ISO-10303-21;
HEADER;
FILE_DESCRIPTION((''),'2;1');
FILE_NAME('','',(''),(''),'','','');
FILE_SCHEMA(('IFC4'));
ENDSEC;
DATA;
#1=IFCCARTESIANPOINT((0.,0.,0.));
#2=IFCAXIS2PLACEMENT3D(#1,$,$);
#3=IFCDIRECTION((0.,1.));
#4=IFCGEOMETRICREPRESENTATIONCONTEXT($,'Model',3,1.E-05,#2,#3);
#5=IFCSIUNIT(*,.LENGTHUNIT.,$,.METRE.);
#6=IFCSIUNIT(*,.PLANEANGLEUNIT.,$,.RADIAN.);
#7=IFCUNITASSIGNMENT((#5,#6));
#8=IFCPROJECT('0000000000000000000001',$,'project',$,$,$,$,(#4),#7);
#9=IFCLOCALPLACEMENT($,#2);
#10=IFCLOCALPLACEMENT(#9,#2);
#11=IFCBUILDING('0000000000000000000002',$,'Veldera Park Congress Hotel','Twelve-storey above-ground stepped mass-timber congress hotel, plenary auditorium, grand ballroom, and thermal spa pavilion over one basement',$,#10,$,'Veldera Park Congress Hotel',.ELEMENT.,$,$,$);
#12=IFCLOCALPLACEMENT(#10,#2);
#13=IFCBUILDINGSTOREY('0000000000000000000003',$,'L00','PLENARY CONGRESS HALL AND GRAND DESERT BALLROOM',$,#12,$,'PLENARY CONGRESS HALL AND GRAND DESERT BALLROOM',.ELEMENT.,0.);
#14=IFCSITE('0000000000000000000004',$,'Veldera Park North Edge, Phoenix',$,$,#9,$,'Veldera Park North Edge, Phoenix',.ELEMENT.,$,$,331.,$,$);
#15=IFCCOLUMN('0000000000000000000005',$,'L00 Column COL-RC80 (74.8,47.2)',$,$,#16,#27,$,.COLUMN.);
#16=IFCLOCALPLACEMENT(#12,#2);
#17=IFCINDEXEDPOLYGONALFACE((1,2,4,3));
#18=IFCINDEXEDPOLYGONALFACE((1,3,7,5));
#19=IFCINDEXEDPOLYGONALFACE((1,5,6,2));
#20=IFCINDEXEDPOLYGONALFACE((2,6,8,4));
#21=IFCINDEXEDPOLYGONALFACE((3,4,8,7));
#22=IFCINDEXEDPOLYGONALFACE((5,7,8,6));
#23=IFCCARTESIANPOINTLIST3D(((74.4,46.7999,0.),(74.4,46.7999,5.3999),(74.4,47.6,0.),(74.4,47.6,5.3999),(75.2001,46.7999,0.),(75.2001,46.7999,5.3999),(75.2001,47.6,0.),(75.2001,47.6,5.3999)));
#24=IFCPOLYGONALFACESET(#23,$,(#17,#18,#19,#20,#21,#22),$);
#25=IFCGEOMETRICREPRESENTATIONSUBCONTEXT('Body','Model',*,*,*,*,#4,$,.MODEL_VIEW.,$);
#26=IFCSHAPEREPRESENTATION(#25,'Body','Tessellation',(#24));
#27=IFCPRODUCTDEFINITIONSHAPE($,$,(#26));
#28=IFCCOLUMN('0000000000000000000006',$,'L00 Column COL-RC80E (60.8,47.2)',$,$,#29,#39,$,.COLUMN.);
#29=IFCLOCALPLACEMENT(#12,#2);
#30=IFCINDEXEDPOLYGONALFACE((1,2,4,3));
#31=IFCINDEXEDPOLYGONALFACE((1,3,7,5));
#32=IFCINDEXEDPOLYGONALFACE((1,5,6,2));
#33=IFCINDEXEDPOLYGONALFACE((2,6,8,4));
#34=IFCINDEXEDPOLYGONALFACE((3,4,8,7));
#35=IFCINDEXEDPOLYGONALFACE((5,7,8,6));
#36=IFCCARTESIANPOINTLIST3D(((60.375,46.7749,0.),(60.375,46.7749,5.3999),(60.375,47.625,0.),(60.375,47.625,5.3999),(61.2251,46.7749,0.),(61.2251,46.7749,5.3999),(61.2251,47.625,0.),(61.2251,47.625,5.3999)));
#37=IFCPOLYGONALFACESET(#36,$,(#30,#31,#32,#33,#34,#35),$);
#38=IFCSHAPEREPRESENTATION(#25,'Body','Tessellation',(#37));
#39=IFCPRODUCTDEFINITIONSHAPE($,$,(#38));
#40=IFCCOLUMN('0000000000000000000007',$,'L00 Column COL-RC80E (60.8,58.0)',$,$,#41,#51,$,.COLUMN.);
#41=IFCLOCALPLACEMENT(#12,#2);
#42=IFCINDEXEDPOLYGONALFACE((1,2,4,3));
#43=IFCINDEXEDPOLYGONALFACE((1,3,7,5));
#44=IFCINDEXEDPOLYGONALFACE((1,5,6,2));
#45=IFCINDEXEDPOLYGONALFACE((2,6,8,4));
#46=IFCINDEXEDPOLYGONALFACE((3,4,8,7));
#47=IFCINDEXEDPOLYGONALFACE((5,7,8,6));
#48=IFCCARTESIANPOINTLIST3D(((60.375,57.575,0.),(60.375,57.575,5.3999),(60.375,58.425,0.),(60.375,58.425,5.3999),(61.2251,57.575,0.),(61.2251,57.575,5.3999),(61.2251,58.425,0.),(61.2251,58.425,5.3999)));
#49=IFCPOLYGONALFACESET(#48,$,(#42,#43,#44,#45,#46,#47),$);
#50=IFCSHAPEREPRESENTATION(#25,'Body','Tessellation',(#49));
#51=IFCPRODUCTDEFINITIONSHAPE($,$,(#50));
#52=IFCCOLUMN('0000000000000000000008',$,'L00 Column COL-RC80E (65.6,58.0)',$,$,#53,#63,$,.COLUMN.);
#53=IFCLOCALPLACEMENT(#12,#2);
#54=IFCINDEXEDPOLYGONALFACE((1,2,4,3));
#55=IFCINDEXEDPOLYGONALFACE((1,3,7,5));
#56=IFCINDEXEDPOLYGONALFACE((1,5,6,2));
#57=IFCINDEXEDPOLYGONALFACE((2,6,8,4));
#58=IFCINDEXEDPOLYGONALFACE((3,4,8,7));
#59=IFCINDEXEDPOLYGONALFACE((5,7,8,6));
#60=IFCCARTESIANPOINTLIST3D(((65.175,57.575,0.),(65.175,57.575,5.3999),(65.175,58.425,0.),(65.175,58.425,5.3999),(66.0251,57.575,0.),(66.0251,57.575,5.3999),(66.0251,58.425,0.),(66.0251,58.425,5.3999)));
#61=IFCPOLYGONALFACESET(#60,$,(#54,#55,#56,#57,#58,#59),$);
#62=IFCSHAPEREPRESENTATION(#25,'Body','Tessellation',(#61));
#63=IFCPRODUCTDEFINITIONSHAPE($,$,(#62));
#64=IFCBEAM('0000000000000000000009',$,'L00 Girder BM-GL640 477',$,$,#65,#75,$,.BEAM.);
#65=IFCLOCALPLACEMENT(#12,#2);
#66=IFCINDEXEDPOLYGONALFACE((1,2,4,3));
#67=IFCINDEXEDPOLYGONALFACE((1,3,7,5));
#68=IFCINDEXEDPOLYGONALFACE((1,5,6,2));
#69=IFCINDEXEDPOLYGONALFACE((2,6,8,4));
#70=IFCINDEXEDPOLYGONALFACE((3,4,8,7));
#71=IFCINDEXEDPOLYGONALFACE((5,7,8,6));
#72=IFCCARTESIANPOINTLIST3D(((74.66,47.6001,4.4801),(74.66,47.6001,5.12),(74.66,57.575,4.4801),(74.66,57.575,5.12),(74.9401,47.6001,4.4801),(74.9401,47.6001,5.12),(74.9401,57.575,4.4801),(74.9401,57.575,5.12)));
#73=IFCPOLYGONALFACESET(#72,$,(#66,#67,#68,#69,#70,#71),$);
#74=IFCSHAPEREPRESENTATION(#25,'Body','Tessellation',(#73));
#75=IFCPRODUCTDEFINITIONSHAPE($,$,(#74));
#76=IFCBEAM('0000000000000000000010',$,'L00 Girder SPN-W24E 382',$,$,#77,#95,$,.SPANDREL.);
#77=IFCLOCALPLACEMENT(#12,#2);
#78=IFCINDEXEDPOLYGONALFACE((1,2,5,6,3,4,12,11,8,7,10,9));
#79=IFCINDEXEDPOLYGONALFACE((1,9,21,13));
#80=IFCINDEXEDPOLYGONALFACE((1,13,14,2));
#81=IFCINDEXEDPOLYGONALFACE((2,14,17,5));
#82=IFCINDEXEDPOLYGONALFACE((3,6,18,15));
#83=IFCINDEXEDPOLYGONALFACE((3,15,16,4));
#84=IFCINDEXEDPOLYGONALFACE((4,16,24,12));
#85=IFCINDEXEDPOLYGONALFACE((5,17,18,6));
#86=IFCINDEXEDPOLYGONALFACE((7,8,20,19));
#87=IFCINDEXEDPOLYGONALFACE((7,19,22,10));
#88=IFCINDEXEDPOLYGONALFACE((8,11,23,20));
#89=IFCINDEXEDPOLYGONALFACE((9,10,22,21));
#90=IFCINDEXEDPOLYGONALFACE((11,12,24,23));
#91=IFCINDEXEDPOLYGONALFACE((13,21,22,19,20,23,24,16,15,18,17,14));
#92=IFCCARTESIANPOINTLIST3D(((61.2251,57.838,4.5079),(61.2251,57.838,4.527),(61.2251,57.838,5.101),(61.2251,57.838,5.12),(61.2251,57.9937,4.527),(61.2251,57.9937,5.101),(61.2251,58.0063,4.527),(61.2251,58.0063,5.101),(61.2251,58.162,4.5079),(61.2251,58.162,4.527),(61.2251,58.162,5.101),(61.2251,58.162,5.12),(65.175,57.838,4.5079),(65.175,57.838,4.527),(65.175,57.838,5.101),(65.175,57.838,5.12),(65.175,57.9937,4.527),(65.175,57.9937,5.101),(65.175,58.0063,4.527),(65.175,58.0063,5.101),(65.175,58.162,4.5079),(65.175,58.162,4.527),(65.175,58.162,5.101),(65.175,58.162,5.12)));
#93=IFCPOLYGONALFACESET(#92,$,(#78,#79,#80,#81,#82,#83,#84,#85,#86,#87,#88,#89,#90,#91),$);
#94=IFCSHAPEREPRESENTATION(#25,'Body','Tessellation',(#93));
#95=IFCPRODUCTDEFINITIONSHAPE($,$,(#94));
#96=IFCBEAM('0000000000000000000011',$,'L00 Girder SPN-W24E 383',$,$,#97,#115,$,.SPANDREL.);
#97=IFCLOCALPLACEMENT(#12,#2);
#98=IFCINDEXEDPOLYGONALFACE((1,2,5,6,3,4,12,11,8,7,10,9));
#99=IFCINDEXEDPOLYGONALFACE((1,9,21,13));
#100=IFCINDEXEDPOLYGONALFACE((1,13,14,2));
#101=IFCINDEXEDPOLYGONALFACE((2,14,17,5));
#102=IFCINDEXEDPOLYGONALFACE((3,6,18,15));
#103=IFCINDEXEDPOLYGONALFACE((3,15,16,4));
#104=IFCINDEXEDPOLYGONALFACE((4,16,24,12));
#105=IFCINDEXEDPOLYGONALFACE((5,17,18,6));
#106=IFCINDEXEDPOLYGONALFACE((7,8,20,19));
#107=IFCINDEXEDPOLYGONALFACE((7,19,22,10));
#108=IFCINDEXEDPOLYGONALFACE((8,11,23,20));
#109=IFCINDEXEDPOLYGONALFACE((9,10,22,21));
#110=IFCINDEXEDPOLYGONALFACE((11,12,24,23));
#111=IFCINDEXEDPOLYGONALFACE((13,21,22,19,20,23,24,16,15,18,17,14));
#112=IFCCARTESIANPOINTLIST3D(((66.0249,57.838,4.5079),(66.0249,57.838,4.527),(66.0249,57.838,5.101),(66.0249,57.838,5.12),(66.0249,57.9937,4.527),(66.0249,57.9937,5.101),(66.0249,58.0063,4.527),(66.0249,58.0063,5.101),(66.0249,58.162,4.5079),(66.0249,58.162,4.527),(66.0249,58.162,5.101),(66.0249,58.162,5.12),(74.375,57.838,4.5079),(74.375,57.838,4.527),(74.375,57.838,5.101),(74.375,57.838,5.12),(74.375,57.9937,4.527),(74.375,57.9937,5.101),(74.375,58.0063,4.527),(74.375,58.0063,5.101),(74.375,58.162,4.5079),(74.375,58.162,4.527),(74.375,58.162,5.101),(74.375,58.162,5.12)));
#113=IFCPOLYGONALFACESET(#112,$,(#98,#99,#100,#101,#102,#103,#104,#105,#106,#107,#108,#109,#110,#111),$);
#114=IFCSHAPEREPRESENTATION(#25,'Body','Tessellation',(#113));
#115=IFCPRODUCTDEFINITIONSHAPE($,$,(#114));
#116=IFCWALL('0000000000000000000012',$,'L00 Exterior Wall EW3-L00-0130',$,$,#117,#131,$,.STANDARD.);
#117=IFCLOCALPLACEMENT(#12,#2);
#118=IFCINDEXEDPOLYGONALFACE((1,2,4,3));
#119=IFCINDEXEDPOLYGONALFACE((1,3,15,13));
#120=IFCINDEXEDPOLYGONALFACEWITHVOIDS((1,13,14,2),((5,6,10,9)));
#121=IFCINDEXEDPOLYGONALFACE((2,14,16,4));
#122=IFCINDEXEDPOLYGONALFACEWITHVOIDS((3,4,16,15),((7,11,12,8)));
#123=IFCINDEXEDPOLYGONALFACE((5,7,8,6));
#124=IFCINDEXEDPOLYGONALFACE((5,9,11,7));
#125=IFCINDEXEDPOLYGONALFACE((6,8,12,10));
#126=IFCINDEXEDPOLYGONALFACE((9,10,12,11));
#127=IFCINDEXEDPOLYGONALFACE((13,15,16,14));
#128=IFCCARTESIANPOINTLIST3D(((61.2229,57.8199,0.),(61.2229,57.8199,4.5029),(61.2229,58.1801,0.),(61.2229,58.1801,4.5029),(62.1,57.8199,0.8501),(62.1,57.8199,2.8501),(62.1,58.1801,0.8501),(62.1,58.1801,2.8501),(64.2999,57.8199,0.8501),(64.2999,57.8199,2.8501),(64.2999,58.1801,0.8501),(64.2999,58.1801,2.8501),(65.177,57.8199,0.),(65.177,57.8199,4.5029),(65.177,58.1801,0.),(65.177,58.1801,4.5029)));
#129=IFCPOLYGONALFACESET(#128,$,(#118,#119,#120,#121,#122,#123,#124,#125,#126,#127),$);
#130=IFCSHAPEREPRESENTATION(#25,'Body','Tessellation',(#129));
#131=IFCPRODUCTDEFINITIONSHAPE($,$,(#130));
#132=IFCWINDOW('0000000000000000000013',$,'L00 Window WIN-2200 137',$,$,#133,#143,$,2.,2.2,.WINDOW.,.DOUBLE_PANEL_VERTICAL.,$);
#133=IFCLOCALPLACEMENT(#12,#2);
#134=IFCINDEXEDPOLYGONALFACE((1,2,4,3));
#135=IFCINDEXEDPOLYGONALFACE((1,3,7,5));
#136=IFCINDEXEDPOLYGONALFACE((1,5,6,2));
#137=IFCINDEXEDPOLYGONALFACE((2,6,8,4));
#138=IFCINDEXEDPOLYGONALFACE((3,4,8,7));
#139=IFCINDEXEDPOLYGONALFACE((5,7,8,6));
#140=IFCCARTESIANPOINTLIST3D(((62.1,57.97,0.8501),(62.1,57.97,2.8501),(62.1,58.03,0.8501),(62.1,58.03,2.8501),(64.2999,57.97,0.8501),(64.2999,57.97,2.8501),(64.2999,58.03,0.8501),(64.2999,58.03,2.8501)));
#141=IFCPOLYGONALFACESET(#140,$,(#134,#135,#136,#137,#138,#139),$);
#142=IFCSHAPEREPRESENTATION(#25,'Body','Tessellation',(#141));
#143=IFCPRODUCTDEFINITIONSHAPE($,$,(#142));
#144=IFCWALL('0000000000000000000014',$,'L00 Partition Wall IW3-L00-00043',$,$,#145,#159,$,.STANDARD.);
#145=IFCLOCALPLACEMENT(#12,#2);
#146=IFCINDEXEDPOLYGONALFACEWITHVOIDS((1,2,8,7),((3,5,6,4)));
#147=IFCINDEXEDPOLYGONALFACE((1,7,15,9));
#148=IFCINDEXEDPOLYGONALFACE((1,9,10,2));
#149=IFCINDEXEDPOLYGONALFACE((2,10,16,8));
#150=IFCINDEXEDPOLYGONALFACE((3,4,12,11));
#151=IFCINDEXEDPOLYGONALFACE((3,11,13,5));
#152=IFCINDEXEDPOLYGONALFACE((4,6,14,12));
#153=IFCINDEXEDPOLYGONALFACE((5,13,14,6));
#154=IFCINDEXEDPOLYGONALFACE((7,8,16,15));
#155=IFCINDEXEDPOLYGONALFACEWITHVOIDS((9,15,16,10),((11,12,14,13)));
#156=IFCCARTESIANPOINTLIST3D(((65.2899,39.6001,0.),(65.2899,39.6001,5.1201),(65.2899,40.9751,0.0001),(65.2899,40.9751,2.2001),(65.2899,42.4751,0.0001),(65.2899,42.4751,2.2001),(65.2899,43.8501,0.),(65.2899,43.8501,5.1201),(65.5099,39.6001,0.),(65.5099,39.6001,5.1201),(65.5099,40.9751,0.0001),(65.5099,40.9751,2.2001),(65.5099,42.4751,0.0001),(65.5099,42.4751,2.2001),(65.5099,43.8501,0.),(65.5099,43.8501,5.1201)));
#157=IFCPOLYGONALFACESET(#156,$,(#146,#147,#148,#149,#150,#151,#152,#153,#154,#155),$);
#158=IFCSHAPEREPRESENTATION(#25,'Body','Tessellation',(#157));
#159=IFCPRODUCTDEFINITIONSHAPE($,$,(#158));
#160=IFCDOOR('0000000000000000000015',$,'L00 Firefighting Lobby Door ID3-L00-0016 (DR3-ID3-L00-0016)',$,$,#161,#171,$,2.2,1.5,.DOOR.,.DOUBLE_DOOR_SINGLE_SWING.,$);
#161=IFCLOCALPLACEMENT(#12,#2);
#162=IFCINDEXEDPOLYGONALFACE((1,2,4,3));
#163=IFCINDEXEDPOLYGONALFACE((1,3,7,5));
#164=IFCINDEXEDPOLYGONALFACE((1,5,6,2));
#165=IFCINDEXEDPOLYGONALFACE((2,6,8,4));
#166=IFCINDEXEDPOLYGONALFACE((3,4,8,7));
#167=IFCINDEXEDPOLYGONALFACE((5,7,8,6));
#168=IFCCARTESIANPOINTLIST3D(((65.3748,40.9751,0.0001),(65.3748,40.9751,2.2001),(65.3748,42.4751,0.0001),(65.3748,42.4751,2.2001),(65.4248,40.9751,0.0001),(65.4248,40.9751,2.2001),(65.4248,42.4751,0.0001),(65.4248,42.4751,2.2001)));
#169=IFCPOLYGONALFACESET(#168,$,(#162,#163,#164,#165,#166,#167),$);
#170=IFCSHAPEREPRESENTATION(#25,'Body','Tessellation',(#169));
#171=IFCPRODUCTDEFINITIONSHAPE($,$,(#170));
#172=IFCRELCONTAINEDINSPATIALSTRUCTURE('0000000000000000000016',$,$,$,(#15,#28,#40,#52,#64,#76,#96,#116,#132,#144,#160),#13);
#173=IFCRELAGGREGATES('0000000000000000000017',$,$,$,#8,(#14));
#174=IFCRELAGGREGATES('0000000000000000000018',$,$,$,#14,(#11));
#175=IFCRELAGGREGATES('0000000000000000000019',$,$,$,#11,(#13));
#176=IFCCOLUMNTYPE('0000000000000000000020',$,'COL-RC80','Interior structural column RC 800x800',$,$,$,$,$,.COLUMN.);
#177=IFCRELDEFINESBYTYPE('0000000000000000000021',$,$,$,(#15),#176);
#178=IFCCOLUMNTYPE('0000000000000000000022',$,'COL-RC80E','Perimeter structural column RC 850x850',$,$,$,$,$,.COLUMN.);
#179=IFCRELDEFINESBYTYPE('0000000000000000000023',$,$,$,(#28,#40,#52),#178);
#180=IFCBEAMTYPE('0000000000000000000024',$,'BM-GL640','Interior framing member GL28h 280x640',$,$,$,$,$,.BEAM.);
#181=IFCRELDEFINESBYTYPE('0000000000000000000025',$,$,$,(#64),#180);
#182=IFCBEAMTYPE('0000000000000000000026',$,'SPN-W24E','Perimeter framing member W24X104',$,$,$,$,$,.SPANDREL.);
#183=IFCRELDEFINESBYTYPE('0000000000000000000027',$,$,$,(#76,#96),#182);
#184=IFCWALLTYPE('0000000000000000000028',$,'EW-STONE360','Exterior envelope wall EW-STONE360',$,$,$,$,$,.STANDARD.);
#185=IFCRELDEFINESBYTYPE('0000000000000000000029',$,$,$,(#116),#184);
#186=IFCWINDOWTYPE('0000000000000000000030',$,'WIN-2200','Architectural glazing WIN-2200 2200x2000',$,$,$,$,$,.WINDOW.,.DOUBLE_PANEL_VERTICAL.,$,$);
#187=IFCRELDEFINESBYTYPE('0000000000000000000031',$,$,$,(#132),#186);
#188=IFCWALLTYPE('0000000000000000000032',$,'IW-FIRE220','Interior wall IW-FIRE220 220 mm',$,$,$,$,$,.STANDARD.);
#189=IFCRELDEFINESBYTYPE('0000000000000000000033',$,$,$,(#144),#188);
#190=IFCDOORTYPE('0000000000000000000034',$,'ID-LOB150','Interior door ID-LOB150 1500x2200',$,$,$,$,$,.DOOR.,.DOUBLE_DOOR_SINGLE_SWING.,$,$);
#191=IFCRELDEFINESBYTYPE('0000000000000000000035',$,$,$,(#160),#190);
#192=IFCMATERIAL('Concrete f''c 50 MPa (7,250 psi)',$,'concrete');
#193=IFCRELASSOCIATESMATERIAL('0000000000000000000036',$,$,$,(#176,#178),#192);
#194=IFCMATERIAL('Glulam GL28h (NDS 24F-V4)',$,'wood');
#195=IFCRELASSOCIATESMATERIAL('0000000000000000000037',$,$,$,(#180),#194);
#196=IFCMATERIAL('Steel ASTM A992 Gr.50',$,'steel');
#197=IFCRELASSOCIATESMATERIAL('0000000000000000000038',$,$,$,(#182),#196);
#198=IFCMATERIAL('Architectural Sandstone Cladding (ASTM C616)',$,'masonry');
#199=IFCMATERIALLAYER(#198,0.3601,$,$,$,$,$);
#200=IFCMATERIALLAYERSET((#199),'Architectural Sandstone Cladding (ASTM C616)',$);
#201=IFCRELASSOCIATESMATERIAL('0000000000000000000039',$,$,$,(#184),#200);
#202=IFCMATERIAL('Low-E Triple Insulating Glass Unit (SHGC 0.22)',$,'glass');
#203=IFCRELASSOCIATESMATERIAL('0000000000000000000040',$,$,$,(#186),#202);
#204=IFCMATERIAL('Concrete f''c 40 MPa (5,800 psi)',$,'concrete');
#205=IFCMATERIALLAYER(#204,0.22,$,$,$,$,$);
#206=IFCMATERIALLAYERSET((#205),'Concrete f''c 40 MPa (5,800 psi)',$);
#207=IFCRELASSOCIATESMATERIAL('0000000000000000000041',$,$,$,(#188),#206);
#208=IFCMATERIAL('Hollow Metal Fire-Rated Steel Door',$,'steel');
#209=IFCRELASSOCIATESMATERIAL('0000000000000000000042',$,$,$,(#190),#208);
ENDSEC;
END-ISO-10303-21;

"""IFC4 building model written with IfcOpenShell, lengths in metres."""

from ifc_helpers import new_model, si_unit, direction, frame, frame_2d, origin, origin_2d, place, context, subcontext, project, spatial, rectangle, i_section, extrude, material, layer, layer_set, material_profile, profile_set, type_object, element, fill, save


model = new_model("IFC4")

# Units and contexts
model_context = context("Model", 3, precision=1e-05, world=origin(), true_north=direction((0.0, 1.0)))
body_context = subcontext(model_context, "Body", "Model", "MODEL_VIEW")
ifc_project = project(units=[si_unit("LENGTHUNIT", "METRE"), si_unit("PLANEANGLEUNIT", "RADIAN")], contexts=[model_context])

# Site, building, storey
site_placement = place(None, origin())
site = spatial("IfcSite", under=ifc_project, at=site_placement, Name="Veldera Park North Edge, Phoenix", LongName="Veldera Park North Edge, Phoenix", CompositionType="ELEMENT", RefElevation=331.0)
building_placement = place(site_placement, origin())
building = spatial("IfcBuilding", under=site, at=building_placement, Name="Veldera Park Congress Hotel", Description="Twelve-storey above-ground stepped mass-timber congress hotel, plenary auditorium, grand ballroom, and thermal spa pavilion over one basement", LongName="Veldera Park Congress Hotel", CompositionType="ELEMENT")
storey_placement = place(building_placement, origin())
storey = spatial("IfcBuildingStorey", under=building, at=storey_placement, Name="L00", Description="PLENARY CONGRESS HALL AND GRAND DESERT BALLROOM", LongName="PLENARY CONGRESS HALL AND GRAND DESERT BALLROOM", CompositionType="ELEMENT", Elevation=0.0)

# Columns
ifc_material_1 = material(Name="Concrete f'c 50 MPa (7,250 psi)", Category="concrete")
ifc_material_profile_1 = material_profile(ifc_material_1, rectangle(XDim=0.8, YDim=0.8, at=origin_2d()), Name="RC 800x800")
ifc_profile_set_1 = profile_set([ifc_material_profile_1], Name="Concrete f'c 50 MPa (7,250 psi)")
column_type_1 = type_object("IfcColumnType", Name="COL-RC80", Description="Interior structural column RC 800x800", PredefinedType="COLUMN", material=ifc_profile_set_1)
column_placement = place(storey_placement, frame((74.8, 47.2, 0.0), z_axis=(0.0, 0.0, 1.0), x_axis=(1.0, 0.0, 0.0)))
element("IfcColumn", 1, at=column_placement, inside=storey, type_object=column_type_1, Name="L00 Column COL-RC80 (74.8,47.2)", PredefinedType="COLUMN", context=body_context, shape_type="SweptSolid", body=[
    extrude(rectangle(XDim=0.8, YDim=0.8, at=origin_2d()), origin(), (0.0, 0.0, 1.0), 5.3999),
])
ifc_material_profile_2 = material_profile(ifc_material_1, rectangle(XDim=0.8501, YDim=0.8501, at=origin_2d()), Name="RC 850x850")
ifc_profile_set_2 = profile_set([ifc_material_profile_2], Name="Concrete f'c 50 MPa (7,250 psi)")
column_type_2 = type_object("IfcColumnType", Name="COL-RC80E", Description="Perimeter structural column RC 850x850", PredefinedType="COLUMN", material=ifc_profile_set_2)
for number, where, z_axis, x_axis, name in (
    (2, (60.8, 47.2, 0.0), (0.0, 0.0, 1.0), (1.0, 0.0, 0.0), "L00 Column COL-RC80E (60.8,47.2)"),
    (3, (60.8, 58.0, 0.0), (0.0, 0.0, 1.0), (1.0, 0.0, 0.0), "L00 Column COL-RC80E (60.8,58.0)"),
    (4, (65.6001, 58.0, 0.0), (0.0, 0.0, 1.0), (1.0, 0.0, 0.0), "L00 Column COL-RC80E (65.6,58.0)"),
):
    element("IfcColumn", number, at=place(storey_placement, frame(where, z_axis=z_axis, x_axis=x_axis)), inside=storey, type_object=column_type_2, Name=name, PredefinedType="COLUMN", context=body_context, shape_type="SweptSolid", body=[
        extrude(rectangle(XDim=0.8501, YDim=0.8501, at=origin_2d()), origin(), (0.0, 0.0, 1.0), 5.3999),
    ])

# Beams
ifc_material_2 = material(Name="Glulam GL28h (NDS 24F-V4)", Category="wood")
ifc_material_profile_3 = material_profile(ifc_material_2, rectangle(XDim=0.28, YDim=0.6399, at=origin_2d()), Name="GL28h 280x640")
ifc_profile_set_3 = profile_set([ifc_material_profile_3], Name="Glulam GL28h (NDS 24F-V4)")
beam_type_1 = type_object("IfcBeamType", Name="BM-GL640", Description="Interior framing member GL28h 280x640", PredefinedType="BEAM", material=ifc_profile_set_3)
beam_1_placement = place(storey_placement, frame((74.8, 47.6001, 4.8), z_axis=(0.0, 1.0, 0.0), x_axis=(-1.0, 0.0, 0.0)))
element("IfcBeam", 5, at=beam_1_placement, inside=storey, type_object=beam_type_1, Name="L00 Girder BM-GL640 477", PredefinedType="BEAM", context=body_context, shape_type="SweptSolid", body=[
    extrude(rectangle(XDim=0.28, YDim=0.6399, at=origin_2d()), origin(), (0.0, 0.0, 1.0), 9.9749),
])
ifc_material_3 = material(Name="Steel ASTM A992 Gr.50", Category="steel")
ifc_material_profile_4 = material_profile(ifc_material_3, i_section(OverallWidth=0.324, OverallDepth=0.6121, WebThickness=0.0127, FlangeThickness=0.019, at=origin_2d()), Name="W24X104")
ifc_profile_set_4 = profile_set([ifc_material_profile_4], Name="Steel ASTM A992 Gr.50")
beam_type_2 = type_object("IfcBeamType", Name="SPN-W24E", Description="Perimeter framing member W24X104", PredefinedType="SPANDREL", material=ifc_profile_set_4)
beam_2_placement = place(storey_placement, frame((61.2251, 58.0, 4.814), z_axis=(1.0, 0.0, 0.0), x_axis=(0.0, 1.0, 0.0)))
element("IfcBeam", 6, at=beam_2_placement, inside=storey, type_object=beam_type_2, Name="L00 Girder SPN-W24E 382", PredefinedType="SPANDREL", context=body_context, shape_type="SweptSolid", body=[
    extrude(i_section(OverallWidth=0.324, OverallDepth=0.6121, WebThickness=0.0127, FlangeThickness=0.019, at=origin_2d()), origin(), (0.0, 0.0, 1.0), 3.95),
])
beam_3_placement = place(storey_placement, frame((66.0249, 58.0, 4.814), z_axis=(1.0, 0.0, 0.0), x_axis=(0.0, 1.0, 0.0)))
element("IfcBeam", 7, at=beam_3_placement, inside=storey, type_object=beam_type_2, Name="L00 Girder SPN-W24E 383", PredefinedType="SPANDREL", context=body_context, shape_type="SweptSolid", body=[
    extrude(i_section(OverallWidth=0.324, OverallDepth=0.6121, WebThickness=0.0127, FlangeThickness=0.019, at=origin_2d()), origin(), (0.0, 0.0, 1.0), 8.3501),
])

# Shared definitions
ifc_material_4 = material(Name="Architectural Sandstone Cladding (ASTM C616)", Category="masonry")
ifc_layer_1 = layer(ifc_material_4, 0.3601)
ifc_layer_set_1 = layer_set([ifc_layer_1], Name="Architectural Sandstone Cladding (ASTM C616)")
wall_type_1 = type_object("IfcWallType", Name="EW-STONE360", Description="Exterior envelope wall EW-STONE360", PredefinedType="STANDARD", material=ifc_layer_set_1)

# Wall, opening, window
wall_1_placement = place(storey_placement, frame((65.177, 58.0, 0.0), z_axis=(0.0, 0.0, 1.0), x_axis=(-1.0, 0.0, 0.0)))
wall_1 = element("IfcWall", 8, at=wall_1_placement, inside=storey, type_object=wall_type_1, Name="L00 Exterior Wall EW3-L00-0130", PredefinedType="STANDARD", context=body_context, shape_type="SweptSolid", body=[
    extrude(rectangle(XDim=3.9541, YDim=0.3601, at=frame_2d((1.9771, 0.0))), origin(), (0.0, 0.0, 1.0), 4.5029),
])
opening_1_placement = place(wall_1_placement, frame((0.877, 0.0, 0.8501)))
opening_1 = element("IfcOpeningElement", 9, at=opening_1_placement, cuts=wall_1, PredefinedType="OPENING", context=body_context, shape_type="SweptSolid", body=[
    extrude(rectangle(XDim=2.2, YDim=2.0, at=frame_2d((1.1001, 1.0))), frame((0.0, 0.1921, 0.0), z_axis=(0.0, -1.0, 0.0), x_axis=(1.0, 0.0, 0.0)), (0.0, 0.0, 1.0), 0.384),
])
ifc_material_5 = material(Name="Low-E Triple Insulating Glass Unit (SHGC 0.22)", Category="glass")
window_type = type_object("IfcWindowType", Name="WIN-2200", Description="Architectural glazing WIN-2200 2200x2000", PartitioningType="DOUBLE_PANEL_VERTICAL", PredefinedType="WINDOW", material=ifc_material_5)
window_placement = place(opening_1_placement, origin())
window = element("IfcWindow", 10, at=window_placement, inside=storey, type_object=window_type, Name="L00 Window WIN-2200 137", OverallHeight=2.0, OverallWidth=2.2, PartitioningType="DOUBLE_PANEL_VERTICAL", PredefinedType="WINDOW", context=body_context, shape_type="SweptSolid", body=[
    extrude(rectangle(XDim=2.2, YDim=2.0, at=frame_2d((1.1001, 1.0))), frame((0.0, 0.03, 0.0), z_axis=(0.0, -1.0, 0.0), x_axis=(1.0, 0.0, 0.0)), (0.0, 0.0, 1.0), 0.0601),
])
fill(opening_1, window)

# Wall, opening, door
ifc_material_6 = material(Name="Concrete f'c 40 MPa (5,800 psi)", Category="concrete")
ifc_layer_2 = layer(ifc_material_6, 0.22)
ifc_layer_set_2 = layer_set([ifc_layer_2], Name="Concrete f'c 40 MPa (5,800 psi)")
wall_type_2 = type_object("IfcWallType", Name="IW-FIRE220", Description="Interior wall IW-FIRE220 220 mm", PredefinedType="STANDARD", material=ifc_layer_set_2)
wall_2_placement = place(storey_placement, frame((65.3999, 43.8501, 0.0), z_axis=(0.0, 0.0, 1.0), x_axis=(0.0, -1.0, 0.0)))
wall_2 = element("IfcWall", 11, at=wall_2_placement, inside=storey, type_object=wall_type_2, Name="L00 Partition Wall IW3-L00-00043", PredefinedType="STANDARD", context=body_context, shape_type="SweptSolid", body=[
    extrude(rectangle(XDim=4.25, YDim=0.22, at=frame_2d((2.125, 0.0))), origin(), (0.0, 0.0, 1.0), 5.1201),
])
opening_2_placement = place(wall_2_placement, frame((1.375, 0.0, 0.0)))
opening_2 = element("IfcOpeningElement", 12, at=opening_2_placement, cuts=wall_2, PredefinedType="OPENING", context=body_context, shape_type="SweptSolid", body=[
    extrude(rectangle(XDim=1.5, YDim=2.2, at=frame_2d((0.75, 1.1001))), frame((0.0, 0.1221, 0.0), z_axis=(0.0, -1.0, 0.0), x_axis=(1.0, 0.0, 0.0)), (0.0, 0.0, 1.0), 0.2439),
])
ifc_material_7 = material(Name="Hollow Metal Fire-Rated Steel Door", Category="steel")
door_type_1 = type_object("IfcDoorType", Name="ID-LOB150", Description="Interior door ID-LOB150 1500x2200", OperationType="DOUBLE_DOOR_SINGLE_SWING", PredefinedType="DOOR", material=ifc_material_7)
door_1_placement = place(opening_2_placement, origin())
door_1 = element("IfcDoor", 13, at=door_1_placement, inside=storey, type_object=door_type_1, Name="L00 Firefighting Lobby Door ID3-L00-0016 (DR3-ID3-L00-0016)", OperationType="DOUBLE_DOOR_SINGLE_SWING", OverallHeight=2.2, OverallWidth=1.5, PredefinedType="DOOR", context=body_context, shape_type="SweptSolid", body=[
    extrude(rectangle(XDim=1.5, YDim=2.2, at=frame_2d((0.75, 1.1001))), frame((0.0, 0.0249, 0.0), z_axis=(0.0, -1.0, 0.0), x_axis=(1.0, 0.0, 0.0)), (0.0, 0.0, 1.0), 0.05),
])
fill(opening_2, door_1)

save(model, "model.ifc")
